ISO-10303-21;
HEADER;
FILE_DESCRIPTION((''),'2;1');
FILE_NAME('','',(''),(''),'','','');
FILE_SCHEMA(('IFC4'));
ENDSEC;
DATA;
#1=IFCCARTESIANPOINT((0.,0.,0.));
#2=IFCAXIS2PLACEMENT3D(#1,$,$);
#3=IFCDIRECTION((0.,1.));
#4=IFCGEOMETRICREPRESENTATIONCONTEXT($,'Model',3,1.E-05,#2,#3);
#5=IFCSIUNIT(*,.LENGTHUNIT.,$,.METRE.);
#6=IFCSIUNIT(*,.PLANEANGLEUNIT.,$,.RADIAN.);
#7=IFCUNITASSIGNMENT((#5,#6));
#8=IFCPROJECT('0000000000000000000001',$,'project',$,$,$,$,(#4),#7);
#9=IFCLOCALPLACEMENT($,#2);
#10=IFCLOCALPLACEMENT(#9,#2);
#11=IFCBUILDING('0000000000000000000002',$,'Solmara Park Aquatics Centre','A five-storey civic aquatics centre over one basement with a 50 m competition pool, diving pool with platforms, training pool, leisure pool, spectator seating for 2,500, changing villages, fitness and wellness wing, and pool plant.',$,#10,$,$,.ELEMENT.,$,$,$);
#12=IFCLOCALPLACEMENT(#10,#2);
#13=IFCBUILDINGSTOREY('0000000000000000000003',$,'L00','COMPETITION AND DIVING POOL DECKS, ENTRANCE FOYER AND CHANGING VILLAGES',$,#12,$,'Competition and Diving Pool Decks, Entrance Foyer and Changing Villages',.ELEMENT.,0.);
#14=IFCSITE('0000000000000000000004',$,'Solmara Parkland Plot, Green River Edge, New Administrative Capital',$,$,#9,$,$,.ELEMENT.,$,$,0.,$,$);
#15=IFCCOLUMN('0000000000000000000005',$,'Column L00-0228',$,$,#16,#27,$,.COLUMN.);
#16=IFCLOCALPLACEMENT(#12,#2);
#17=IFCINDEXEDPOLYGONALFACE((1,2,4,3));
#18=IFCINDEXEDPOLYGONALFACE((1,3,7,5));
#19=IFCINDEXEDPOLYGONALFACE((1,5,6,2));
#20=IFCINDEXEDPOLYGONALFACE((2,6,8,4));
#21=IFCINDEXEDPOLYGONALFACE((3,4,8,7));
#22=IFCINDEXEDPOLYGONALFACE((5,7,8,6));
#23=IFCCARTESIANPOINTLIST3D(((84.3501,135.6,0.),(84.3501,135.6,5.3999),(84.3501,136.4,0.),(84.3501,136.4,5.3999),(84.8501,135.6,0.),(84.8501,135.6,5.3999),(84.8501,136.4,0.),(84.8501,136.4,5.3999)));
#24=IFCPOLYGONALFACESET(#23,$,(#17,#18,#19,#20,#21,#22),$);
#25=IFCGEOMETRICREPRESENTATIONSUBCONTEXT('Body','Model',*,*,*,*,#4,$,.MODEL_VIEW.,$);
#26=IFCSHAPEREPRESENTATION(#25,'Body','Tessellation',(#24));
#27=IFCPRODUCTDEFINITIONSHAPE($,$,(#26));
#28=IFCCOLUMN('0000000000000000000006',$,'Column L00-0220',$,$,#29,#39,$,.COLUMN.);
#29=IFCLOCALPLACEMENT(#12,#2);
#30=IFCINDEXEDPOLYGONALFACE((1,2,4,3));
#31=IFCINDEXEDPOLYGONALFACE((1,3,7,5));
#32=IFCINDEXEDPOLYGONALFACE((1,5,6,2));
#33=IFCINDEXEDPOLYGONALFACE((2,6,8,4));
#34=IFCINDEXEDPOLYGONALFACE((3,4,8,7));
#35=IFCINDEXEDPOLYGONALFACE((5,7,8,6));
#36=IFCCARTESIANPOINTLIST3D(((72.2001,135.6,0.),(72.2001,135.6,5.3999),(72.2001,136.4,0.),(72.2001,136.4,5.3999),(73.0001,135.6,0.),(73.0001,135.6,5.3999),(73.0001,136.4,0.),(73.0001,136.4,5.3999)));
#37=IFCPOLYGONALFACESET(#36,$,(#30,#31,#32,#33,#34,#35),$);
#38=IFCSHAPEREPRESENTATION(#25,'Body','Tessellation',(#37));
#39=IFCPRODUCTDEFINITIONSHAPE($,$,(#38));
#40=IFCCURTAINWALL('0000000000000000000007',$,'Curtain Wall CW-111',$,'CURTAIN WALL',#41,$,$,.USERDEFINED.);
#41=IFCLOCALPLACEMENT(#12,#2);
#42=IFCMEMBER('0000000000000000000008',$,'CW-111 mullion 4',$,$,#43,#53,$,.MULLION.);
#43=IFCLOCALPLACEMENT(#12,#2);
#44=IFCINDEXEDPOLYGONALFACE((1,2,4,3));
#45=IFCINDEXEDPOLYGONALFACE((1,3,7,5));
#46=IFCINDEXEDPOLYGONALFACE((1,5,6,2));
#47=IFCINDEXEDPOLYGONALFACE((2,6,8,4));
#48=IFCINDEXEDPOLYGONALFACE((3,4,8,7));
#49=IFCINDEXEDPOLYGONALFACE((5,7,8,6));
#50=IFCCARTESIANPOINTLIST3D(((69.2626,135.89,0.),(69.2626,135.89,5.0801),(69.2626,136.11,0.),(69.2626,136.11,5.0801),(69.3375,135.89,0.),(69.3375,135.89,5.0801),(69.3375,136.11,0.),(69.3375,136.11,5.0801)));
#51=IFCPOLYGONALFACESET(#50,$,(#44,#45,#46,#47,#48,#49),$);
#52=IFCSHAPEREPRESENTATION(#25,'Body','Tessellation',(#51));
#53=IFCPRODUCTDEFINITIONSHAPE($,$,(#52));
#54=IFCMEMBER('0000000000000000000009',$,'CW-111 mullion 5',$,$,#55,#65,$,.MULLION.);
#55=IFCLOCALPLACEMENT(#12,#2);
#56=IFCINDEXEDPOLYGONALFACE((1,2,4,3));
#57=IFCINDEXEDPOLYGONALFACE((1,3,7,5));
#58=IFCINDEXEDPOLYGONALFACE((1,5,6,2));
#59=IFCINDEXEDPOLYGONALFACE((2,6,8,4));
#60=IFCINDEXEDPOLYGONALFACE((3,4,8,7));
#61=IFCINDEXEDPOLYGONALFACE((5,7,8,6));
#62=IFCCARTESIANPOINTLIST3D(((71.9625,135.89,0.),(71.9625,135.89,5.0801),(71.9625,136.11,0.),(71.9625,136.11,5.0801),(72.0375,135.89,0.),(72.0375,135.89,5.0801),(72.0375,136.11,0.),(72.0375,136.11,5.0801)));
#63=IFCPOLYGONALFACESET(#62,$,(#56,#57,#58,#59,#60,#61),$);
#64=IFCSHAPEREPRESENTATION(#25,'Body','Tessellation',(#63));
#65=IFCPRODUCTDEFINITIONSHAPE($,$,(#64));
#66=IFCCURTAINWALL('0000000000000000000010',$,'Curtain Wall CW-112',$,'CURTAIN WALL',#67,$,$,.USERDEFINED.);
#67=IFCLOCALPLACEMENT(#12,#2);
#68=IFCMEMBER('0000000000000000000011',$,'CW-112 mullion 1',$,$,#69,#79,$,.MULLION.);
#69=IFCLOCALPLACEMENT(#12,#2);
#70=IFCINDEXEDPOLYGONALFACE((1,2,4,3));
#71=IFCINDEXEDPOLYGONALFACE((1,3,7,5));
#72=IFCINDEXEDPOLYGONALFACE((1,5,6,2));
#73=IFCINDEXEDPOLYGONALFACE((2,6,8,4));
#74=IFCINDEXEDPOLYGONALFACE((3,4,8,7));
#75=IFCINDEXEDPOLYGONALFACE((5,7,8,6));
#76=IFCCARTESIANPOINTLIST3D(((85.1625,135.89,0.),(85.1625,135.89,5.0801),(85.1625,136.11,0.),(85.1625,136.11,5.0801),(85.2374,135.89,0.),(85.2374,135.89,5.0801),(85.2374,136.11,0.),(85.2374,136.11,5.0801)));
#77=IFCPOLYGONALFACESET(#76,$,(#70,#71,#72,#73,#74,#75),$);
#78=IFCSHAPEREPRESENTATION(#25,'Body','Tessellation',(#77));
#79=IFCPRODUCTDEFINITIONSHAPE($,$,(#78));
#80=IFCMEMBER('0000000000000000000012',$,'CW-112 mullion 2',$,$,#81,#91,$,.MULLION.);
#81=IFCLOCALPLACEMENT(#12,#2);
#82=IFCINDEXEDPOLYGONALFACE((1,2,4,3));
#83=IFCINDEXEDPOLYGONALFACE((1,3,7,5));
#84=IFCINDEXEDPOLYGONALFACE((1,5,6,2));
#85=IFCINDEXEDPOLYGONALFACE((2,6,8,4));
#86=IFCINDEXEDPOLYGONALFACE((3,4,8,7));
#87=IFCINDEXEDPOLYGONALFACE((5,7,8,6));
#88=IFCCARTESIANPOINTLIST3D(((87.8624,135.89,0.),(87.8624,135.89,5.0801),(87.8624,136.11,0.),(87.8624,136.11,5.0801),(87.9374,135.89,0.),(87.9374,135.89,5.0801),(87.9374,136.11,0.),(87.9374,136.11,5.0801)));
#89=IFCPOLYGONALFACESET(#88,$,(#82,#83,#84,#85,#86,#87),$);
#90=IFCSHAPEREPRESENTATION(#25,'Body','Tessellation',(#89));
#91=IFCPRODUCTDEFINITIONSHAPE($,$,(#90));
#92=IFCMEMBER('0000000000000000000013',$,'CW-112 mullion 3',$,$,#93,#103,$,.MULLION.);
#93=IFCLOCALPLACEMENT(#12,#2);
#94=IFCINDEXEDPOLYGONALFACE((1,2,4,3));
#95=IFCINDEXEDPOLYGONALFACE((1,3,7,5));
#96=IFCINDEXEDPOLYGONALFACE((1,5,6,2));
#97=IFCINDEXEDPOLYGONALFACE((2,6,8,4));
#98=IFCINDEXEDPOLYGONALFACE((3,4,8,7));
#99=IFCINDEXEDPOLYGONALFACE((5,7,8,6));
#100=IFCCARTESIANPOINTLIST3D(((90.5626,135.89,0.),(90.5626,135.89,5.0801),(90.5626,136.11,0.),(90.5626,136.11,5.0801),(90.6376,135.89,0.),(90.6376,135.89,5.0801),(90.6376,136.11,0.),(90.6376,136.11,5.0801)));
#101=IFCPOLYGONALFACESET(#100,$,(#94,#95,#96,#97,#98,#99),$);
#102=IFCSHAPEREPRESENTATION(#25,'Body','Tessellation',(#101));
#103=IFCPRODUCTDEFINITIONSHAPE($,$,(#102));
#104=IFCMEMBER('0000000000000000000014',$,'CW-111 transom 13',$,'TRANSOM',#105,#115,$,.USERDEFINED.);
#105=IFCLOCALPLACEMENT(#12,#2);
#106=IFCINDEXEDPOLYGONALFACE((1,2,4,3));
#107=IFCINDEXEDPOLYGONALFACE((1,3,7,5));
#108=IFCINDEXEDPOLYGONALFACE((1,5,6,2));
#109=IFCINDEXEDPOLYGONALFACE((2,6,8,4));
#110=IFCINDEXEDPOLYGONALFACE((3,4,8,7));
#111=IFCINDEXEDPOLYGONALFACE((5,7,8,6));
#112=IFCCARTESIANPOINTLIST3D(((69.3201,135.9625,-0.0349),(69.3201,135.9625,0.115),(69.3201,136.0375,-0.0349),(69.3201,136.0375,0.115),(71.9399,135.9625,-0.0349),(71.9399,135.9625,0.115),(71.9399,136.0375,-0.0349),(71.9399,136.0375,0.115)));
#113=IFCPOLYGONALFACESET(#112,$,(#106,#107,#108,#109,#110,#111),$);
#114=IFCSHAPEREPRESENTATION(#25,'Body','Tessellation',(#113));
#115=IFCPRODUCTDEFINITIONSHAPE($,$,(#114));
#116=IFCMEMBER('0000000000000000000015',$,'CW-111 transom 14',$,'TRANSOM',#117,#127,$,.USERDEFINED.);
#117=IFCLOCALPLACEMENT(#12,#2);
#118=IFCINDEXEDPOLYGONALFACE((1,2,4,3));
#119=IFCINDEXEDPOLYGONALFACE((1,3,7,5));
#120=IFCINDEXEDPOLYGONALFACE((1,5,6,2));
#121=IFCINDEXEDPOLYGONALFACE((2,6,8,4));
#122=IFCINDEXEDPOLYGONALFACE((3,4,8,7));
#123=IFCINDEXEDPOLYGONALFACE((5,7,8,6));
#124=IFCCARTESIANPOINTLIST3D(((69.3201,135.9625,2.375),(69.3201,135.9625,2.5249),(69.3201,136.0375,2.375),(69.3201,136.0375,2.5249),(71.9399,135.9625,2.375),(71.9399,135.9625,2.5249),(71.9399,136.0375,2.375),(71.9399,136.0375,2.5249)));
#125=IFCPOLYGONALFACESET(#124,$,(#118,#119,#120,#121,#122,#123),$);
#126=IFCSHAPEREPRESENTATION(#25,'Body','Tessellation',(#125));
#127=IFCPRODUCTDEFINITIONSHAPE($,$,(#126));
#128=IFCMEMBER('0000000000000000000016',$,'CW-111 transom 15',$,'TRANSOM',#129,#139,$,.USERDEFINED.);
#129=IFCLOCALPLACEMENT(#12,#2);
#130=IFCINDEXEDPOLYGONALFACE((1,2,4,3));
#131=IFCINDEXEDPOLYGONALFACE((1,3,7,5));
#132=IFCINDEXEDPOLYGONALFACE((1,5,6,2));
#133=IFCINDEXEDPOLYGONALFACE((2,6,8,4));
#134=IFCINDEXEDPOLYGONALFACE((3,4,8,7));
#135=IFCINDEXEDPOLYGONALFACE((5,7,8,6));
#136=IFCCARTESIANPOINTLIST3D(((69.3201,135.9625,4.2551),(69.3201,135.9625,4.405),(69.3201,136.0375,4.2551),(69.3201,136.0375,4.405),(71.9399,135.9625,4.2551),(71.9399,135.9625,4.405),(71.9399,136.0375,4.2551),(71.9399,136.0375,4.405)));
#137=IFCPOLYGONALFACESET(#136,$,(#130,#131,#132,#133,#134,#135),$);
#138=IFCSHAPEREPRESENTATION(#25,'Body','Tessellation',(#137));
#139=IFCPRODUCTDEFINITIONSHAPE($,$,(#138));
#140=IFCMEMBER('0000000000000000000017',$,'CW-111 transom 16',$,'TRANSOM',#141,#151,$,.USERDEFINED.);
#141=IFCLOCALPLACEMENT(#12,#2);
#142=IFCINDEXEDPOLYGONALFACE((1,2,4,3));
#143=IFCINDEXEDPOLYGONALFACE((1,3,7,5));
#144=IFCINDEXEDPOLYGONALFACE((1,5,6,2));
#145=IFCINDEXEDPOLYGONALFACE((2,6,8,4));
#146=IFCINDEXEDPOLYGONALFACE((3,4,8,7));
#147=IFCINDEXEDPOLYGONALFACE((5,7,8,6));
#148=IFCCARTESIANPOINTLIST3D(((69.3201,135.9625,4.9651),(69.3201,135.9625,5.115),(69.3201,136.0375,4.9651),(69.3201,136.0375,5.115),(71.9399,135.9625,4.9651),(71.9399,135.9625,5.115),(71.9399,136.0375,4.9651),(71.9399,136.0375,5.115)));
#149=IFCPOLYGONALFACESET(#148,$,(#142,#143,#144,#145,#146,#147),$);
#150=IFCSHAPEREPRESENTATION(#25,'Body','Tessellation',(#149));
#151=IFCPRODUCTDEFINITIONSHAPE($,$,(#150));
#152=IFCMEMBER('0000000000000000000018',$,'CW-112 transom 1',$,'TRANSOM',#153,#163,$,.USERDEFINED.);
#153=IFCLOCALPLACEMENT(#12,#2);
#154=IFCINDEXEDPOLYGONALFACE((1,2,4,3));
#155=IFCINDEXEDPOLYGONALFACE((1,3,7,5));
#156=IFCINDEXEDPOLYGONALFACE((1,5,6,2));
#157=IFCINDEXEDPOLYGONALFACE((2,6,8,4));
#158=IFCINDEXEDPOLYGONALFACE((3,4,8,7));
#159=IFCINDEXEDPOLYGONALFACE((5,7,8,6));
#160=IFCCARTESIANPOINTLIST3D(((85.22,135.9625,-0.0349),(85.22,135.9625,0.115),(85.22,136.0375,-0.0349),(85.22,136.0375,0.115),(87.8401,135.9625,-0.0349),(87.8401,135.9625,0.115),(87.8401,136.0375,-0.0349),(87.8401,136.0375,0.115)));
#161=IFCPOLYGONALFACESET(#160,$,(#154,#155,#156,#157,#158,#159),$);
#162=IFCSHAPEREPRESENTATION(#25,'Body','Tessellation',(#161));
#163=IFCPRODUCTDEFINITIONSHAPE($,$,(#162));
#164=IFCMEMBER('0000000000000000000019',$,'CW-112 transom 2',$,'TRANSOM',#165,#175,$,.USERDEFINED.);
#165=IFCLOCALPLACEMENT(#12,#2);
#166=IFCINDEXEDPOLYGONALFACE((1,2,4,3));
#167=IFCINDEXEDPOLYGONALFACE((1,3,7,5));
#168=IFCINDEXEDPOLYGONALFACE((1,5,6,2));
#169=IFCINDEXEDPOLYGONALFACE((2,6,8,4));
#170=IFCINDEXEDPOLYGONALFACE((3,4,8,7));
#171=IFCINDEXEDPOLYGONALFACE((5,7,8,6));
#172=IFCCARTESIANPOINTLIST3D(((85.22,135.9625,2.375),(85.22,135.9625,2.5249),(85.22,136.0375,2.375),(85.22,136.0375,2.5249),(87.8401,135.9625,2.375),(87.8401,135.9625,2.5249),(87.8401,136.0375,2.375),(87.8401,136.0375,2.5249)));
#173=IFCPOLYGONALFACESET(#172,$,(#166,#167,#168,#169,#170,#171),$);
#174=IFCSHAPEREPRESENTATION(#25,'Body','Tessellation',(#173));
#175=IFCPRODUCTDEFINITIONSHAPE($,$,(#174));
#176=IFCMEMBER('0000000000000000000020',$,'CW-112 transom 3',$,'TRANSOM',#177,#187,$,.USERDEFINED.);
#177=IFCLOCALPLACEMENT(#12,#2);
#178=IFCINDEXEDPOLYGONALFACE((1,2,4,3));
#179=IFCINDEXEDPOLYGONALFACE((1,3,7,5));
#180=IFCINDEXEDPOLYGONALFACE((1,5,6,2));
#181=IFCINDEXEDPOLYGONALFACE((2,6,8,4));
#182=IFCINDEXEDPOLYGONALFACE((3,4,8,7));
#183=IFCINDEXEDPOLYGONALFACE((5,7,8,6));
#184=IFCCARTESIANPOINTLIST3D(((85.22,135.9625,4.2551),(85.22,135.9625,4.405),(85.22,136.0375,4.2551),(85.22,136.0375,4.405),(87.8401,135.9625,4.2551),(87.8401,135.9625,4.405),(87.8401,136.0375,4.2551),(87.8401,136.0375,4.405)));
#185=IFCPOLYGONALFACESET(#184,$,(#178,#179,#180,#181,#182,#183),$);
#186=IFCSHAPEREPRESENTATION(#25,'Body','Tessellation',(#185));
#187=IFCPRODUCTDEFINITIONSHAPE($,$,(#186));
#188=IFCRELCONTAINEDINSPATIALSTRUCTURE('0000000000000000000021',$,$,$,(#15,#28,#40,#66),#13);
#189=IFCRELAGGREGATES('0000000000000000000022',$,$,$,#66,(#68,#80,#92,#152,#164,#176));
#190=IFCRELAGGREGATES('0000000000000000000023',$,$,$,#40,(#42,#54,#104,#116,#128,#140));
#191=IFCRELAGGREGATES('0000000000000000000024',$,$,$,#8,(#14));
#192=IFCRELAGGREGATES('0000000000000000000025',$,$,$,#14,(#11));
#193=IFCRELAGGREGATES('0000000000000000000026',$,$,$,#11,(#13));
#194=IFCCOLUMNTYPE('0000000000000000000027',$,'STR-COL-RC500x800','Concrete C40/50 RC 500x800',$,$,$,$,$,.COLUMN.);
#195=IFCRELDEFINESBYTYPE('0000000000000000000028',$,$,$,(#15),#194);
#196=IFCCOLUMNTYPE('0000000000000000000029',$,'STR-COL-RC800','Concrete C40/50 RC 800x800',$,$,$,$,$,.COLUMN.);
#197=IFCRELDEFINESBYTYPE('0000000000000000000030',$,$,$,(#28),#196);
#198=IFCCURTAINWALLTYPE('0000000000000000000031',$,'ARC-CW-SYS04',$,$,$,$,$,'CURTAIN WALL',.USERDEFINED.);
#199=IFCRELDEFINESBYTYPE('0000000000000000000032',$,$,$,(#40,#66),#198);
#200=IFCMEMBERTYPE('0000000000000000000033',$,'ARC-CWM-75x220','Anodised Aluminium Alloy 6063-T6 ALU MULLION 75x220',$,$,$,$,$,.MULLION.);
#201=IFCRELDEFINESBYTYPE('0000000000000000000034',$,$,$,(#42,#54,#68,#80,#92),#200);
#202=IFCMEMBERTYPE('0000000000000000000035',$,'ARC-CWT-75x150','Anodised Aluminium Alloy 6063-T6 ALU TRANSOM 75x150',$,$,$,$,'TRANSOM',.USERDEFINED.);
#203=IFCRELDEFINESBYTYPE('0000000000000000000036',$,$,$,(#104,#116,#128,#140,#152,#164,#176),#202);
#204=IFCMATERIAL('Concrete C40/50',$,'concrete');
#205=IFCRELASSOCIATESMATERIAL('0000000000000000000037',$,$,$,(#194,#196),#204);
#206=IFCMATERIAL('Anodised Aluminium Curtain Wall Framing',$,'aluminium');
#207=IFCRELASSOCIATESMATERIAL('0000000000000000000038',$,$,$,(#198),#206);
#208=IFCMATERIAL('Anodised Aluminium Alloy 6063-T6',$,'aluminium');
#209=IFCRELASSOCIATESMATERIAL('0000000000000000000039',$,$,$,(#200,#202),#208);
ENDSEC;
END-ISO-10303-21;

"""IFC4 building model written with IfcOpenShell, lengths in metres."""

from ifc_helpers import new_model, si_unit, direction, frame, origin, origin_2d, place, context, subcontext, project, spatial, rectangle, extrude, material, material_profile, profile_set, type_object, element, aggregate, save


model = new_model("IFC4")

# Units and contexts
model_context = context("Model", 3, precision=1e-05, world=origin(), true_north=direction((0.0, 1.0)))
body_context = subcontext(model_context, "Body", "Model", "MODEL_VIEW")
ifc_project = project(units=[si_unit("LENGTHUNIT", "METRE"), si_unit("PLANEANGLEUNIT", "RADIAN")], contexts=[model_context])

# Site, building, storey
site_placement = place(None, origin())
site = spatial("IfcSite", under=ifc_project, at=site_placement, Name="Solmara Parkland Plot, Green River Edge, New Administrative Capital", CompositionType="ELEMENT", RefElevation=0.0)
building_placement = place(site_placement, origin())
building = spatial("IfcBuilding", under=site, at=building_placement, Name="Solmara Park Aquatics Centre", Description="A five-storey civic aquatics centre over one basement with a 50 m competition pool, diving pool with platforms, training pool, leisure pool, spectator seating for 2,500, changing villages, fitness and wellness wing, and pool plant.", CompositionType="ELEMENT")
storey_placement = place(building_placement, origin())
storey = spatial("IfcBuildingStorey", under=building, at=storey_placement, Name="L00", Description="COMPETITION AND DIVING POOL DECKS, ENTRANCE FOYER AND CHANGING VILLAGES", LongName="Competition and Diving Pool Decks, Entrance Foyer and Changing Villages", CompositionType="ELEMENT", Elevation=0.0)

# Columns
ifc_material_1 = material(Name="Concrete C40/50", Category="concrete")
ifc_material_profile_1 = material_profile(ifc_material_1, rectangle(XDim=0.5, YDim=0.8, at=origin_2d()), Name="RC 500x800")
ifc_profile_set_1 = profile_set([ifc_material_profile_1], Name="Concrete C40/50")
column_type_1 = type_object("IfcColumnType", Name="STR-COL-RC500x800", Description="Concrete C40/50 RC 500x800", PredefinedType="COLUMN", material=ifc_profile_set_1)
column_1_placement = place(storey_placement, frame((84.6001, 136.0, 0.0), z_axis=(0.0, 0.0, 1.0), x_axis=(1.0, 0.0, 0.0)))
element("IfcColumn", 1, at=column_1_placement, inside=storey, type_object=column_type_1, Name="Column L00-0228", PredefinedType="COLUMN", context=body_context, shape_type="SweptSolid", body=[
    extrude(rectangle(XDim=0.5, YDim=0.8, at=origin_2d()), origin(), (0.0, 0.0, 1.0), 5.3999),
])
ifc_material_profile_2 = material_profile(ifc_material_1, rectangle(XDim=0.8, YDim=0.8, at=origin_2d()), Name="RC 800x800")
ifc_profile_set_2 = profile_set([ifc_material_profile_2], Name="Concrete C40/50")
column_type_2 = type_object("IfcColumnType", Name="STR-COL-RC800", Description="Concrete C40/50 RC 800x800", PredefinedType="COLUMN", material=ifc_profile_set_2)
column_2_placement = place(storey_placement, frame((72.6001, 136.0, 0.0), z_axis=(0.0, 0.0, 1.0), x_axis=(1.0, 0.0, 0.0)))
element("IfcColumn", 2, at=column_2_placement, inside=storey, type_object=column_type_2, Name="Column L00-0220", PredefinedType="COLUMN", context=body_context, shape_type="SweptSolid", body=[
    extrude(rectangle(XDim=0.8, YDim=0.8, at=origin_2d()), origin(), (0.0, 0.0, 1.0), 5.3999),
])

# Curtain walls, members
ifc_material_2 = material(Name="Anodised Aluminium Curtain Wall Framing", Category="aluminium")
curtain_wall_type = type_object("IfcCurtainWallType", Name="ARC-CW-SYS04", ElementType="CURTAIN WALL", PredefinedType="USERDEFINED", material=ifc_material_2)
curtain_wall_1_placement = place(storey_placement, origin())
curtain_wall_1 = element("IfcCurtainWall", 3, at=curtain_wall_1_placement, inside=storey, type_object=curtain_wall_type, Name="Curtain Wall CW-111", ObjectType="CURTAIN WALL", PredefinedType="USERDEFINED")
ifc_material_3 = material(Name="Anodised Aluminium Alloy 6063-T6", Category="aluminium")
ifc_material_profile_3 = material_profile(ifc_material_3, rectangle(XDim=0.075, YDim=0.22, at=origin_2d()), Name="ALU MULLION 75x220")
ifc_profile_set_3 = profile_set([ifc_material_profile_3], Name="Anodised Aluminium Alloy 6063-T6")
member_type_1 = type_object("IfcMemberType", Name="ARC-CWM-75x220", Description="Anodised Aluminium Alloy 6063-T6 ALU MULLION 75x220", PredefinedType="MULLION", material=ifc_profile_set_3)
member_1_placement = place(storey_placement, frame((69.3, 136.0, 0.0), z_axis=(0.0, 0.0, 1.0), x_axis=(1.0, 0.0, 0.0)))
member_1 = element("IfcMember", 4, at=member_1_placement, type_object=member_type_1, Name="CW-111 mullion 4", PredefinedType="MULLION", context=body_context, shape_type="SweptSolid", body=[
    extrude(rectangle(XDim=0.075, YDim=0.22, at=origin_2d()), origin(), (0.0, 0.0, 1.0), 5.0801),
])
member_2_placement = place(storey_placement, frame((72.0, 136.0, 0.0), z_axis=(0.0, 0.0, 1.0), x_axis=(1.0, 0.0, 0.0)))
member_2 = element("IfcMember", 5, at=member_2_placement, type_object=member_type_1, Name="CW-111 mullion 5", PredefinedType="MULLION", context=body_context, shape_type="SweptSolid", body=[
    extrude(rectangle(XDim=0.075, YDim=0.22, at=origin_2d()), origin(), (0.0, 0.0, 1.0), 5.0801),
])
curtain_wall_2_placement = place(storey_placement, origin())
curtain_wall_2 = element("IfcCurtainWall", 6, at=curtain_wall_2_placement, inside=storey, type_object=curtain_wall_type, Name="Curtain Wall CW-112", ObjectType="CURTAIN WALL", PredefinedType="USERDEFINED")
member_3_placement = place(storey_placement, frame((85.2, 136.0, 0.0), z_axis=(0.0, 0.0, 1.0), x_axis=(1.0, 0.0, 0.0)))
member_3 = element("IfcMember", 7, at=member_3_placement, type_object=member_type_1, Name="CW-112 mullion 1", PredefinedType="MULLION", context=body_context, shape_type="SweptSolid", body=[
    extrude(rectangle(XDim=0.075, YDim=0.22, at=origin_2d()), origin(), (0.0, 0.0, 1.0), 5.0801),
])
member_4_placement = place(storey_placement, frame((87.8999, 136.0, 0.0), z_axis=(0.0, 0.0, 1.0), x_axis=(1.0, 0.0, 0.0)))
member_4 = element("IfcMember", 8, at=member_4_placement, type_object=member_type_1, Name="CW-112 mullion 2", PredefinedType="MULLION", context=body_context, shape_type="SweptSolid", body=[
    extrude(rectangle(XDim=0.075, YDim=0.22, at=origin_2d()), origin(), (0.0, 0.0, 1.0), 5.0801),
])
member_5_placement = place(storey_placement, frame((90.6001, 136.0, 0.0), z_axis=(0.0, 0.0, 1.0), x_axis=(1.0, 0.0, 0.0)))
member_5 = element("IfcMember", 9, at=member_5_placement, type_object=member_type_1, Name="CW-112 mullion 3", PredefinedType="MULLION", context=body_context, shape_type="SweptSolid", body=[
    extrude(rectangle(XDim=0.075, YDim=0.22, at=origin_2d()), origin(), (0.0, 0.0, 1.0), 5.0801),
])

# Members
ifc_material_profile_4 = material_profile(ifc_material_3, rectangle(XDim=0.075, YDim=0.1499, at=origin_2d()), Name="ALU TRANSOM 75x150")
ifc_profile_set_4 = profile_set([ifc_material_profile_4], Name="Anodised Aluminium Alloy 6063-T6")
member_type_2 = type_object("IfcMemberType", Name="ARC-CWT-75x150", Description="Anodised Aluminium Alloy 6063-T6 ALU TRANSOM 75x150", ElementType="TRANSOM", PredefinedType="USERDEFINED", material=ifc_profile_set_4)
member_6_placement = place(storey_placement, frame((69.3201, 136.0, 0.04), z_axis=(1.0, 0.0, 0.0), x_axis=(0.0, 1.0, 0.0)))
member_6 = element("IfcMember", 10, at=member_6_placement, type_object=member_type_2, Name="CW-111 transom 13", ObjectType="TRANSOM", PredefinedType="USERDEFINED", context=body_context, shape_type="SweptSolid", body=[
    extrude(rectangle(XDim=0.075, YDim=0.1499, at=origin_2d()), origin(), (0.0, 0.0, 1.0), 2.6199),
])
member_7_placement = place(storey_placement, frame((69.3201, 136.0, 2.45), z_axis=(1.0, 0.0, 0.0), x_axis=(0.0, 1.0, 0.0)))
member_7 = element("IfcMember", 11, at=member_7_placement, type_object=member_type_2, Name="CW-111 transom 14", ObjectType="TRANSOM", PredefinedType="USERDEFINED", context=body_context, shape_type="SweptSolid", body=[
    extrude(rectangle(XDim=0.075, YDim=0.1499, at=origin_2d()), origin(), (0.0, 0.0, 1.0), 2.6199),
])
member_8_placement = place(storey_placement, frame((69.3201, 136.0, 4.3301), z_axis=(1.0, 0.0, 0.0), x_axis=(0.0, 1.0, 0.0)))
member_8 = element("IfcMember", 12, at=member_8_placement, type_object=member_type_2, Name="CW-111 transom 15", ObjectType="TRANSOM", PredefinedType="USERDEFINED", context=body_context, shape_type="SweptSolid", body=[
    extrude(rectangle(XDim=0.075, YDim=0.1499, at=origin_2d()), origin(), (0.0, 0.0, 1.0), 2.6199),
])
member_9_placement = place(storey_placement, frame((69.3201, 136.0, 5.04), z_axis=(1.0, 0.0, 0.0), x_axis=(0.0, 1.0, 0.0)))
member_9 = element("IfcMember", 13, at=member_9_placement, type_object=member_type_2, Name="CW-111 transom 16", ObjectType="TRANSOM", PredefinedType="USERDEFINED", context=body_context, shape_type="SweptSolid", body=[
    extrude(rectangle(XDim=0.075, YDim=0.1499, at=origin_2d()), origin(), (0.0, 0.0, 1.0), 2.6199),
])
member_10_placement = place(storey_placement, frame((85.22, 136.0, 0.04), z_axis=(1.0, 0.0, 0.0), x_axis=(0.0, 1.0, 0.0)))
member_10 = element("IfcMember", 14, at=member_10_placement, type_object=member_type_2, Name="CW-112 transom 1", ObjectType="TRANSOM", PredefinedType="USERDEFINED", context=body_context, shape_type="SweptSolid", body=[
    extrude(rectangle(XDim=0.075, YDim=0.1499, at=origin_2d()), origin(), (0.0, 0.0, 1.0), 2.6201),
])
member_11_placement = place(storey_placement, frame((85.22, 136.0, 2.45), z_axis=(1.0, 0.0, 0.0), x_axis=(0.0, 1.0, 0.0)))
member_11 = element("IfcMember", 15, at=member_11_placement, type_object=member_type_2, Name="CW-112 transom 2", ObjectType="TRANSOM", PredefinedType="USERDEFINED", context=body_context, shape_type="SweptSolid", body=[
    extrude(rectangle(XDim=0.075, YDim=0.1499, at=origin_2d()), origin(), (0.0, 0.0, 1.0), 2.6201),
])
member_12_placement = place(storey_placement, frame((85.22, 136.0, 4.3301), z_axis=(1.0, 0.0, 0.0), x_axis=(0.0, 1.0, 0.0)))
member_12 = element("IfcMember", 16, at=member_12_placement, type_object=member_type_2, Name="CW-112 transom 3", ObjectType="TRANSOM", PredefinedType="USERDEFINED", context=body_context, shape_type="SweptSolid", body=[
    extrude(rectangle(XDim=0.075, YDim=0.1499, at=origin_2d()), origin(), (0.0, 0.0, 1.0), 2.6201),
])

aggregate(curtain_wall_2, [member_3, member_4, member_5, member_10, member_11, member_12])
aggregate(curtain_wall_1, [member_1, member_2, member_6, member_7, member_8, member_9])

save(model, "model.ifc")
